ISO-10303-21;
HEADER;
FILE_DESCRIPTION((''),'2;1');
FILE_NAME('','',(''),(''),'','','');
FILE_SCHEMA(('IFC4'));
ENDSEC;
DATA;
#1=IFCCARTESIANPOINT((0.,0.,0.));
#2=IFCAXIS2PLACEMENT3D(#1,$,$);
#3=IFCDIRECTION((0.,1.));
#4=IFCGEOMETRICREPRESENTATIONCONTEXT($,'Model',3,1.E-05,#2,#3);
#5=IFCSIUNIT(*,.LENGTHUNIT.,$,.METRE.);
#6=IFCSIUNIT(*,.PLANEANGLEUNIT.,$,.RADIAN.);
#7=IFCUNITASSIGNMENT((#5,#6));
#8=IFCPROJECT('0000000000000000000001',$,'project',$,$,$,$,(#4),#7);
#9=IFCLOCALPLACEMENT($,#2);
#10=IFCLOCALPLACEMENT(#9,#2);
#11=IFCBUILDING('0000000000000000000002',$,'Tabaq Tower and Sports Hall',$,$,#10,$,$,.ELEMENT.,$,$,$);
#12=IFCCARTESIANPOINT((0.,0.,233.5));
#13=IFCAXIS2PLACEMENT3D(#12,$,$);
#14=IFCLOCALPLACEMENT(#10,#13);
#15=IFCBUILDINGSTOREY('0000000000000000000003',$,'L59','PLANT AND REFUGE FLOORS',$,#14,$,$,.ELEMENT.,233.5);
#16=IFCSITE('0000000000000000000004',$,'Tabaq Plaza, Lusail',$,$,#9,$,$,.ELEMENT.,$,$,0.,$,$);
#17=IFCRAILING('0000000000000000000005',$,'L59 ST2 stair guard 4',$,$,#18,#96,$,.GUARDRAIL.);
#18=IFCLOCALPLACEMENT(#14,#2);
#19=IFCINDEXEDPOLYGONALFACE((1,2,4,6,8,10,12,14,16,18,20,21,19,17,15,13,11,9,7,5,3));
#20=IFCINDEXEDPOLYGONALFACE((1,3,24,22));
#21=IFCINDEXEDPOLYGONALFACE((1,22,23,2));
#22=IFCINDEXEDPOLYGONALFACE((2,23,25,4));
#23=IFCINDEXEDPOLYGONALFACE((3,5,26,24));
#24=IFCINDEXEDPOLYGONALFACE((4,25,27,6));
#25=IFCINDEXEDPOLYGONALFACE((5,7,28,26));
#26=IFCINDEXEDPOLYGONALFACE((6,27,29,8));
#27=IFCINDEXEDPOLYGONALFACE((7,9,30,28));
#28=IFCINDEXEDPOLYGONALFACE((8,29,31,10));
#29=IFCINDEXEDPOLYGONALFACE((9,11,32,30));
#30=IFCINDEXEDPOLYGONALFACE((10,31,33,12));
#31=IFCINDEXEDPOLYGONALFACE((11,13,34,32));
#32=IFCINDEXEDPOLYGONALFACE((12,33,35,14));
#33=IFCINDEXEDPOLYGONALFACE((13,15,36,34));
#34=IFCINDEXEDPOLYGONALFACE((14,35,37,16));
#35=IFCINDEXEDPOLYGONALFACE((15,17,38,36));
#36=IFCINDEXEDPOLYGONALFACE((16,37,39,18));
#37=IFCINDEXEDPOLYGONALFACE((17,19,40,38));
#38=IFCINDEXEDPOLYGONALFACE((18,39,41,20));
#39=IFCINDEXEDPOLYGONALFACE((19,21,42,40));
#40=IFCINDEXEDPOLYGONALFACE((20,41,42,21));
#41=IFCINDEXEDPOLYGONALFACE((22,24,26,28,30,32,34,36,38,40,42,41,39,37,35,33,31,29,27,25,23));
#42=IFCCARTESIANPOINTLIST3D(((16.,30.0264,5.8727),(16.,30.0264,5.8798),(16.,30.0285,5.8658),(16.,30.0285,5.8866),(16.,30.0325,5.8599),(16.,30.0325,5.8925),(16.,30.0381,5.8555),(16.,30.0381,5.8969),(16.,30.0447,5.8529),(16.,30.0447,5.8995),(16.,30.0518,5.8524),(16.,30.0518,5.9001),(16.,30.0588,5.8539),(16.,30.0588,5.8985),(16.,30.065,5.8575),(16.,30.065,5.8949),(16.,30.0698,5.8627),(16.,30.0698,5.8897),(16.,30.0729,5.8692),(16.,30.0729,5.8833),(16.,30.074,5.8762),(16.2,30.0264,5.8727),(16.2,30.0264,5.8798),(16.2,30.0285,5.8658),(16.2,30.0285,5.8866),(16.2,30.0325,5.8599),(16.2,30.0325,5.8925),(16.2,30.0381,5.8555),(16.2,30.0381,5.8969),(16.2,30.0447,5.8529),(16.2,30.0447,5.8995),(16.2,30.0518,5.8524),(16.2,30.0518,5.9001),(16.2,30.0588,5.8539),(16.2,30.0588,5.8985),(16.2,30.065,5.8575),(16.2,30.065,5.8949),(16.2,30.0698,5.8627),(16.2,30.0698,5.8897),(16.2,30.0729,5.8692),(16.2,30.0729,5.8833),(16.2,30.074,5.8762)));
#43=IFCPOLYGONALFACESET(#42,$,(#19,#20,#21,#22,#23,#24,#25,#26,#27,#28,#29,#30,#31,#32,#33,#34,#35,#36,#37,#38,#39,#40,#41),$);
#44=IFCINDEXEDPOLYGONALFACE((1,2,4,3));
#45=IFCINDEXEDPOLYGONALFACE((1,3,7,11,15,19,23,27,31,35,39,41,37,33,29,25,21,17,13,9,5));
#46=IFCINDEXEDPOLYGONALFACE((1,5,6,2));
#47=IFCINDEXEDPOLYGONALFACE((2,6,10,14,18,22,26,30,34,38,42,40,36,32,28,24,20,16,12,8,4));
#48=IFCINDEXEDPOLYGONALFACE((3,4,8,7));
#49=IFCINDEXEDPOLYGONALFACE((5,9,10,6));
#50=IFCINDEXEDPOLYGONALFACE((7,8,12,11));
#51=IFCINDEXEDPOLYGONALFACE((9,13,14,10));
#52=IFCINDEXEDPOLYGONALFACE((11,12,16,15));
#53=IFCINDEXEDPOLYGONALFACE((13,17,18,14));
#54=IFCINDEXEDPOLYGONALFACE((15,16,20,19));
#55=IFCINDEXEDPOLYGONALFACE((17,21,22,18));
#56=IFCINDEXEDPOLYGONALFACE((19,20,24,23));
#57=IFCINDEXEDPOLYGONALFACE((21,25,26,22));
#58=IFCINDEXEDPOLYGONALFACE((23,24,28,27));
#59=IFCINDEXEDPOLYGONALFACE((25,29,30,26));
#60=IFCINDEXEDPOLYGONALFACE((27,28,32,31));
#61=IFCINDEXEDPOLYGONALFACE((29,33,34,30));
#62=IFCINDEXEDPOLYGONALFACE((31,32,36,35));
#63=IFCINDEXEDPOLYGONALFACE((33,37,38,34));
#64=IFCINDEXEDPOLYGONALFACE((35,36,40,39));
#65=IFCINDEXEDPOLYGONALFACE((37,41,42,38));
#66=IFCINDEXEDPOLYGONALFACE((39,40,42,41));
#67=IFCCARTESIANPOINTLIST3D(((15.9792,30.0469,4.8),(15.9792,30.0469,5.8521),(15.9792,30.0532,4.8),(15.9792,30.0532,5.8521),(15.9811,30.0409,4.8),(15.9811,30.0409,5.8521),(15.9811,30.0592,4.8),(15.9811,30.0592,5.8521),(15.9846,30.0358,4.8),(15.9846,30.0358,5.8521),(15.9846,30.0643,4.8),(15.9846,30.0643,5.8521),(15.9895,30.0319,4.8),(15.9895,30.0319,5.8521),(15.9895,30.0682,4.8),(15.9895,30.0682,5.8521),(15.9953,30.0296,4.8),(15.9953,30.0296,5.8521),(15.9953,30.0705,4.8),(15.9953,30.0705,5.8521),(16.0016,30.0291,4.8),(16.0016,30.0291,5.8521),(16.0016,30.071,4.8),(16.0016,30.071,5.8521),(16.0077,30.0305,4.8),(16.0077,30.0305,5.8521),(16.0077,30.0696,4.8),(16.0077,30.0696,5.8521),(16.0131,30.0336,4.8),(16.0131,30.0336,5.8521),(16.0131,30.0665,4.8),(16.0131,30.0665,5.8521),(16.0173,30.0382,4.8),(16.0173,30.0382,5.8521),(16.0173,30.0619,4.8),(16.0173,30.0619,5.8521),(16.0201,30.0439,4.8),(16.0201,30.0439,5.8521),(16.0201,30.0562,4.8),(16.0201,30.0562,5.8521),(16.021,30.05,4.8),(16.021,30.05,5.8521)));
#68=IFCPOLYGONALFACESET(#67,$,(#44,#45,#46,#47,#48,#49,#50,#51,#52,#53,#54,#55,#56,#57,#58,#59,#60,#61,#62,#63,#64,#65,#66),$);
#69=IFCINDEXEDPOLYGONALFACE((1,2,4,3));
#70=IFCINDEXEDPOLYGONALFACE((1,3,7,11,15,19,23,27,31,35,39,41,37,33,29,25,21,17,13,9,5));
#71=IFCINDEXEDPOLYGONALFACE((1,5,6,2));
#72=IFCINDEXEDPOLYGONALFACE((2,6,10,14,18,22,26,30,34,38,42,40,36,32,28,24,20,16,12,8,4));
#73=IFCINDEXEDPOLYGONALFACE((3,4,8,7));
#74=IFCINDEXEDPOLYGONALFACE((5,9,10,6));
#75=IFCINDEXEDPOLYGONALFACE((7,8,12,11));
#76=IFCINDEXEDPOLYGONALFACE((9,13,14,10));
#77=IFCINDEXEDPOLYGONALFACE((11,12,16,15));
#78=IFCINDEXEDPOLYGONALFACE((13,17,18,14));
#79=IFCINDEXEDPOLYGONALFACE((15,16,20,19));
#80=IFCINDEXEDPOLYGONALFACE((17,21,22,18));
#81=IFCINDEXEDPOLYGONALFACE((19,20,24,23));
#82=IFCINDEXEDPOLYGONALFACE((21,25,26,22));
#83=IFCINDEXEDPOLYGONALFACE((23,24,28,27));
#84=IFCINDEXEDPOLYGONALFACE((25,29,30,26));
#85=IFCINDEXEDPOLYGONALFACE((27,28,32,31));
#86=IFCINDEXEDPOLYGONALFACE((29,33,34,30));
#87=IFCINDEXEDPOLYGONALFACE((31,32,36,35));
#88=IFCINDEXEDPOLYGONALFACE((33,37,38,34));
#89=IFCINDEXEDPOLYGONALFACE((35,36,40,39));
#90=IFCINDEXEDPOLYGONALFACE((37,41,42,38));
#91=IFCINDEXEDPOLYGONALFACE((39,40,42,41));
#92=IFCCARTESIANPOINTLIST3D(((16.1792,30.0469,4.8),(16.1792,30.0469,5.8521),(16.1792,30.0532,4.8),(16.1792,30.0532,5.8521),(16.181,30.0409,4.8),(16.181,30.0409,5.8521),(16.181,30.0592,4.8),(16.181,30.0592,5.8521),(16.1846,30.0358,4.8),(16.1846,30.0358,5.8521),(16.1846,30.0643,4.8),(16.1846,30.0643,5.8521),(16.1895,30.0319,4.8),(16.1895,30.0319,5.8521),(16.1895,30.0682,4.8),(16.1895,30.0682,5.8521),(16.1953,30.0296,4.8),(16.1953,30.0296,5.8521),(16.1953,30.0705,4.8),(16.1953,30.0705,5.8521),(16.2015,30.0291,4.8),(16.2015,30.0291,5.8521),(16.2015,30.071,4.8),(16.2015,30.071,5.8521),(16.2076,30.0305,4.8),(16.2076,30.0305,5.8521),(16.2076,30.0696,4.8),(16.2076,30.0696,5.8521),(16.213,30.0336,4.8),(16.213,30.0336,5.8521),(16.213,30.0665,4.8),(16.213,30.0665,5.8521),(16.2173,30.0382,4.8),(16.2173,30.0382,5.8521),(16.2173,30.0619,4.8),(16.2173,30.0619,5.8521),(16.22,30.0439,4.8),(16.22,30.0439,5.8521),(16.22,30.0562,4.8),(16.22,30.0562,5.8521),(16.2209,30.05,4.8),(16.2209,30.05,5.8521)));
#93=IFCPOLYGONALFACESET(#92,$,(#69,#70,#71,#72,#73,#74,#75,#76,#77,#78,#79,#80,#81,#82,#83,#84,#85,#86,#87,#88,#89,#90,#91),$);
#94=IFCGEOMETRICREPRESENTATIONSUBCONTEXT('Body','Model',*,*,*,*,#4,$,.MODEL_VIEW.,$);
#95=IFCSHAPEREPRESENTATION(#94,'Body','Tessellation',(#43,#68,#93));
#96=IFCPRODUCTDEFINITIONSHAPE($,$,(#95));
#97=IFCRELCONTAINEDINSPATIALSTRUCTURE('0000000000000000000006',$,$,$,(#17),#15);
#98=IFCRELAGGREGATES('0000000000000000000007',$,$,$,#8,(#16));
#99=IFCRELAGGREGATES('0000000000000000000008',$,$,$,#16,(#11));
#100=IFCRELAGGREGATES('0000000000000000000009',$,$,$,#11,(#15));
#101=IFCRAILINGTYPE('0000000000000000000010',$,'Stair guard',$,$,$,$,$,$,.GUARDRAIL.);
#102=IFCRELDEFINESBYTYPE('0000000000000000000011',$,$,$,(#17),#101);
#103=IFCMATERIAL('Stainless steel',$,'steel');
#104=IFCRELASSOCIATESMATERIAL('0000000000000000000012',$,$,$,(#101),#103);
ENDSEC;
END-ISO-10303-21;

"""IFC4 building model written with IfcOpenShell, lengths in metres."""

from ifc_helpers import new_model, si_unit, direction, frame, origin, origin_2d, place, context, subcontext, project, spatial, circle, extrude, material, type_object, element, save


model = new_model("IFC4")

# Units and contexts
model_context = context("Model", 3, precision=1e-05, world=origin(), true_north=direction((0.0, 1.0)))
body_context = subcontext(model_context, "Body", "Model", "MODEL_VIEW")
ifc_project = project(units=[si_unit("LENGTHUNIT", "METRE"), si_unit("PLANEANGLEUNIT", "RADIAN")], contexts=[model_context])

# Site, building, storey
site_placement = place(None, origin())
site = spatial("IfcSite", under=ifc_project, at=site_placement, Name="Tabaq Plaza, Lusail", CompositionType="ELEMENT", RefElevation=0.0)
building_placement = place(site_placement, origin())
building = spatial("IfcBuilding", under=site, at=building_placement, Name="Tabaq Tower and Sports Hall", CompositionType="ELEMENT")
storey_placement = place(building_placement, frame((0.0, 0.0, 233.5)))
storey = spatial("IfcBuildingStorey", under=building, at=storey_placement, Name="L59", Description="PLANT AND REFUGE FLOORS", CompositionType="ELEMENT", Elevation=233.5)

# Railing
ifc_material_1 = material(Name="Stainless steel", Category="steel")
railing_type_1 = type_object("IfcRailingType", Name="Stair guard", PredefinedType="GUARDRAIL", material=ifc_material_1)
railing_1_placement = place(storey_placement, frame((16.0, 30.05, 4.8)))
element("IfcRailing", 1, at=railing_1_placement, inside=storey, type_object=railing_type_1, Name="L59 ST2 stair guard 4", PredefinedType="GUARDRAIL", context=body_context, shape_type="SweptSolid", body=[
    extrude(circle(Radius=0.0239, at=origin_2d()), frame((0.0, 0.0, 1.0762), z_axis=(1.0, 0.0, 0.0), x_axis=(0.0, 1.0, 0.0)), (0.0, 0.0, 1.0), 0.2),
    extrude(circle(Radius=0.021, at=origin_2d()), origin(), (0.0, 0.0, 1.0), 1.052),
    extrude(circle(Radius=0.021, at=origin_2d()), frame((0.2, 0.0, 0.0)), (0.0, 0.0, 1.0), 1.052),
])

save(model, "model.ifc")
